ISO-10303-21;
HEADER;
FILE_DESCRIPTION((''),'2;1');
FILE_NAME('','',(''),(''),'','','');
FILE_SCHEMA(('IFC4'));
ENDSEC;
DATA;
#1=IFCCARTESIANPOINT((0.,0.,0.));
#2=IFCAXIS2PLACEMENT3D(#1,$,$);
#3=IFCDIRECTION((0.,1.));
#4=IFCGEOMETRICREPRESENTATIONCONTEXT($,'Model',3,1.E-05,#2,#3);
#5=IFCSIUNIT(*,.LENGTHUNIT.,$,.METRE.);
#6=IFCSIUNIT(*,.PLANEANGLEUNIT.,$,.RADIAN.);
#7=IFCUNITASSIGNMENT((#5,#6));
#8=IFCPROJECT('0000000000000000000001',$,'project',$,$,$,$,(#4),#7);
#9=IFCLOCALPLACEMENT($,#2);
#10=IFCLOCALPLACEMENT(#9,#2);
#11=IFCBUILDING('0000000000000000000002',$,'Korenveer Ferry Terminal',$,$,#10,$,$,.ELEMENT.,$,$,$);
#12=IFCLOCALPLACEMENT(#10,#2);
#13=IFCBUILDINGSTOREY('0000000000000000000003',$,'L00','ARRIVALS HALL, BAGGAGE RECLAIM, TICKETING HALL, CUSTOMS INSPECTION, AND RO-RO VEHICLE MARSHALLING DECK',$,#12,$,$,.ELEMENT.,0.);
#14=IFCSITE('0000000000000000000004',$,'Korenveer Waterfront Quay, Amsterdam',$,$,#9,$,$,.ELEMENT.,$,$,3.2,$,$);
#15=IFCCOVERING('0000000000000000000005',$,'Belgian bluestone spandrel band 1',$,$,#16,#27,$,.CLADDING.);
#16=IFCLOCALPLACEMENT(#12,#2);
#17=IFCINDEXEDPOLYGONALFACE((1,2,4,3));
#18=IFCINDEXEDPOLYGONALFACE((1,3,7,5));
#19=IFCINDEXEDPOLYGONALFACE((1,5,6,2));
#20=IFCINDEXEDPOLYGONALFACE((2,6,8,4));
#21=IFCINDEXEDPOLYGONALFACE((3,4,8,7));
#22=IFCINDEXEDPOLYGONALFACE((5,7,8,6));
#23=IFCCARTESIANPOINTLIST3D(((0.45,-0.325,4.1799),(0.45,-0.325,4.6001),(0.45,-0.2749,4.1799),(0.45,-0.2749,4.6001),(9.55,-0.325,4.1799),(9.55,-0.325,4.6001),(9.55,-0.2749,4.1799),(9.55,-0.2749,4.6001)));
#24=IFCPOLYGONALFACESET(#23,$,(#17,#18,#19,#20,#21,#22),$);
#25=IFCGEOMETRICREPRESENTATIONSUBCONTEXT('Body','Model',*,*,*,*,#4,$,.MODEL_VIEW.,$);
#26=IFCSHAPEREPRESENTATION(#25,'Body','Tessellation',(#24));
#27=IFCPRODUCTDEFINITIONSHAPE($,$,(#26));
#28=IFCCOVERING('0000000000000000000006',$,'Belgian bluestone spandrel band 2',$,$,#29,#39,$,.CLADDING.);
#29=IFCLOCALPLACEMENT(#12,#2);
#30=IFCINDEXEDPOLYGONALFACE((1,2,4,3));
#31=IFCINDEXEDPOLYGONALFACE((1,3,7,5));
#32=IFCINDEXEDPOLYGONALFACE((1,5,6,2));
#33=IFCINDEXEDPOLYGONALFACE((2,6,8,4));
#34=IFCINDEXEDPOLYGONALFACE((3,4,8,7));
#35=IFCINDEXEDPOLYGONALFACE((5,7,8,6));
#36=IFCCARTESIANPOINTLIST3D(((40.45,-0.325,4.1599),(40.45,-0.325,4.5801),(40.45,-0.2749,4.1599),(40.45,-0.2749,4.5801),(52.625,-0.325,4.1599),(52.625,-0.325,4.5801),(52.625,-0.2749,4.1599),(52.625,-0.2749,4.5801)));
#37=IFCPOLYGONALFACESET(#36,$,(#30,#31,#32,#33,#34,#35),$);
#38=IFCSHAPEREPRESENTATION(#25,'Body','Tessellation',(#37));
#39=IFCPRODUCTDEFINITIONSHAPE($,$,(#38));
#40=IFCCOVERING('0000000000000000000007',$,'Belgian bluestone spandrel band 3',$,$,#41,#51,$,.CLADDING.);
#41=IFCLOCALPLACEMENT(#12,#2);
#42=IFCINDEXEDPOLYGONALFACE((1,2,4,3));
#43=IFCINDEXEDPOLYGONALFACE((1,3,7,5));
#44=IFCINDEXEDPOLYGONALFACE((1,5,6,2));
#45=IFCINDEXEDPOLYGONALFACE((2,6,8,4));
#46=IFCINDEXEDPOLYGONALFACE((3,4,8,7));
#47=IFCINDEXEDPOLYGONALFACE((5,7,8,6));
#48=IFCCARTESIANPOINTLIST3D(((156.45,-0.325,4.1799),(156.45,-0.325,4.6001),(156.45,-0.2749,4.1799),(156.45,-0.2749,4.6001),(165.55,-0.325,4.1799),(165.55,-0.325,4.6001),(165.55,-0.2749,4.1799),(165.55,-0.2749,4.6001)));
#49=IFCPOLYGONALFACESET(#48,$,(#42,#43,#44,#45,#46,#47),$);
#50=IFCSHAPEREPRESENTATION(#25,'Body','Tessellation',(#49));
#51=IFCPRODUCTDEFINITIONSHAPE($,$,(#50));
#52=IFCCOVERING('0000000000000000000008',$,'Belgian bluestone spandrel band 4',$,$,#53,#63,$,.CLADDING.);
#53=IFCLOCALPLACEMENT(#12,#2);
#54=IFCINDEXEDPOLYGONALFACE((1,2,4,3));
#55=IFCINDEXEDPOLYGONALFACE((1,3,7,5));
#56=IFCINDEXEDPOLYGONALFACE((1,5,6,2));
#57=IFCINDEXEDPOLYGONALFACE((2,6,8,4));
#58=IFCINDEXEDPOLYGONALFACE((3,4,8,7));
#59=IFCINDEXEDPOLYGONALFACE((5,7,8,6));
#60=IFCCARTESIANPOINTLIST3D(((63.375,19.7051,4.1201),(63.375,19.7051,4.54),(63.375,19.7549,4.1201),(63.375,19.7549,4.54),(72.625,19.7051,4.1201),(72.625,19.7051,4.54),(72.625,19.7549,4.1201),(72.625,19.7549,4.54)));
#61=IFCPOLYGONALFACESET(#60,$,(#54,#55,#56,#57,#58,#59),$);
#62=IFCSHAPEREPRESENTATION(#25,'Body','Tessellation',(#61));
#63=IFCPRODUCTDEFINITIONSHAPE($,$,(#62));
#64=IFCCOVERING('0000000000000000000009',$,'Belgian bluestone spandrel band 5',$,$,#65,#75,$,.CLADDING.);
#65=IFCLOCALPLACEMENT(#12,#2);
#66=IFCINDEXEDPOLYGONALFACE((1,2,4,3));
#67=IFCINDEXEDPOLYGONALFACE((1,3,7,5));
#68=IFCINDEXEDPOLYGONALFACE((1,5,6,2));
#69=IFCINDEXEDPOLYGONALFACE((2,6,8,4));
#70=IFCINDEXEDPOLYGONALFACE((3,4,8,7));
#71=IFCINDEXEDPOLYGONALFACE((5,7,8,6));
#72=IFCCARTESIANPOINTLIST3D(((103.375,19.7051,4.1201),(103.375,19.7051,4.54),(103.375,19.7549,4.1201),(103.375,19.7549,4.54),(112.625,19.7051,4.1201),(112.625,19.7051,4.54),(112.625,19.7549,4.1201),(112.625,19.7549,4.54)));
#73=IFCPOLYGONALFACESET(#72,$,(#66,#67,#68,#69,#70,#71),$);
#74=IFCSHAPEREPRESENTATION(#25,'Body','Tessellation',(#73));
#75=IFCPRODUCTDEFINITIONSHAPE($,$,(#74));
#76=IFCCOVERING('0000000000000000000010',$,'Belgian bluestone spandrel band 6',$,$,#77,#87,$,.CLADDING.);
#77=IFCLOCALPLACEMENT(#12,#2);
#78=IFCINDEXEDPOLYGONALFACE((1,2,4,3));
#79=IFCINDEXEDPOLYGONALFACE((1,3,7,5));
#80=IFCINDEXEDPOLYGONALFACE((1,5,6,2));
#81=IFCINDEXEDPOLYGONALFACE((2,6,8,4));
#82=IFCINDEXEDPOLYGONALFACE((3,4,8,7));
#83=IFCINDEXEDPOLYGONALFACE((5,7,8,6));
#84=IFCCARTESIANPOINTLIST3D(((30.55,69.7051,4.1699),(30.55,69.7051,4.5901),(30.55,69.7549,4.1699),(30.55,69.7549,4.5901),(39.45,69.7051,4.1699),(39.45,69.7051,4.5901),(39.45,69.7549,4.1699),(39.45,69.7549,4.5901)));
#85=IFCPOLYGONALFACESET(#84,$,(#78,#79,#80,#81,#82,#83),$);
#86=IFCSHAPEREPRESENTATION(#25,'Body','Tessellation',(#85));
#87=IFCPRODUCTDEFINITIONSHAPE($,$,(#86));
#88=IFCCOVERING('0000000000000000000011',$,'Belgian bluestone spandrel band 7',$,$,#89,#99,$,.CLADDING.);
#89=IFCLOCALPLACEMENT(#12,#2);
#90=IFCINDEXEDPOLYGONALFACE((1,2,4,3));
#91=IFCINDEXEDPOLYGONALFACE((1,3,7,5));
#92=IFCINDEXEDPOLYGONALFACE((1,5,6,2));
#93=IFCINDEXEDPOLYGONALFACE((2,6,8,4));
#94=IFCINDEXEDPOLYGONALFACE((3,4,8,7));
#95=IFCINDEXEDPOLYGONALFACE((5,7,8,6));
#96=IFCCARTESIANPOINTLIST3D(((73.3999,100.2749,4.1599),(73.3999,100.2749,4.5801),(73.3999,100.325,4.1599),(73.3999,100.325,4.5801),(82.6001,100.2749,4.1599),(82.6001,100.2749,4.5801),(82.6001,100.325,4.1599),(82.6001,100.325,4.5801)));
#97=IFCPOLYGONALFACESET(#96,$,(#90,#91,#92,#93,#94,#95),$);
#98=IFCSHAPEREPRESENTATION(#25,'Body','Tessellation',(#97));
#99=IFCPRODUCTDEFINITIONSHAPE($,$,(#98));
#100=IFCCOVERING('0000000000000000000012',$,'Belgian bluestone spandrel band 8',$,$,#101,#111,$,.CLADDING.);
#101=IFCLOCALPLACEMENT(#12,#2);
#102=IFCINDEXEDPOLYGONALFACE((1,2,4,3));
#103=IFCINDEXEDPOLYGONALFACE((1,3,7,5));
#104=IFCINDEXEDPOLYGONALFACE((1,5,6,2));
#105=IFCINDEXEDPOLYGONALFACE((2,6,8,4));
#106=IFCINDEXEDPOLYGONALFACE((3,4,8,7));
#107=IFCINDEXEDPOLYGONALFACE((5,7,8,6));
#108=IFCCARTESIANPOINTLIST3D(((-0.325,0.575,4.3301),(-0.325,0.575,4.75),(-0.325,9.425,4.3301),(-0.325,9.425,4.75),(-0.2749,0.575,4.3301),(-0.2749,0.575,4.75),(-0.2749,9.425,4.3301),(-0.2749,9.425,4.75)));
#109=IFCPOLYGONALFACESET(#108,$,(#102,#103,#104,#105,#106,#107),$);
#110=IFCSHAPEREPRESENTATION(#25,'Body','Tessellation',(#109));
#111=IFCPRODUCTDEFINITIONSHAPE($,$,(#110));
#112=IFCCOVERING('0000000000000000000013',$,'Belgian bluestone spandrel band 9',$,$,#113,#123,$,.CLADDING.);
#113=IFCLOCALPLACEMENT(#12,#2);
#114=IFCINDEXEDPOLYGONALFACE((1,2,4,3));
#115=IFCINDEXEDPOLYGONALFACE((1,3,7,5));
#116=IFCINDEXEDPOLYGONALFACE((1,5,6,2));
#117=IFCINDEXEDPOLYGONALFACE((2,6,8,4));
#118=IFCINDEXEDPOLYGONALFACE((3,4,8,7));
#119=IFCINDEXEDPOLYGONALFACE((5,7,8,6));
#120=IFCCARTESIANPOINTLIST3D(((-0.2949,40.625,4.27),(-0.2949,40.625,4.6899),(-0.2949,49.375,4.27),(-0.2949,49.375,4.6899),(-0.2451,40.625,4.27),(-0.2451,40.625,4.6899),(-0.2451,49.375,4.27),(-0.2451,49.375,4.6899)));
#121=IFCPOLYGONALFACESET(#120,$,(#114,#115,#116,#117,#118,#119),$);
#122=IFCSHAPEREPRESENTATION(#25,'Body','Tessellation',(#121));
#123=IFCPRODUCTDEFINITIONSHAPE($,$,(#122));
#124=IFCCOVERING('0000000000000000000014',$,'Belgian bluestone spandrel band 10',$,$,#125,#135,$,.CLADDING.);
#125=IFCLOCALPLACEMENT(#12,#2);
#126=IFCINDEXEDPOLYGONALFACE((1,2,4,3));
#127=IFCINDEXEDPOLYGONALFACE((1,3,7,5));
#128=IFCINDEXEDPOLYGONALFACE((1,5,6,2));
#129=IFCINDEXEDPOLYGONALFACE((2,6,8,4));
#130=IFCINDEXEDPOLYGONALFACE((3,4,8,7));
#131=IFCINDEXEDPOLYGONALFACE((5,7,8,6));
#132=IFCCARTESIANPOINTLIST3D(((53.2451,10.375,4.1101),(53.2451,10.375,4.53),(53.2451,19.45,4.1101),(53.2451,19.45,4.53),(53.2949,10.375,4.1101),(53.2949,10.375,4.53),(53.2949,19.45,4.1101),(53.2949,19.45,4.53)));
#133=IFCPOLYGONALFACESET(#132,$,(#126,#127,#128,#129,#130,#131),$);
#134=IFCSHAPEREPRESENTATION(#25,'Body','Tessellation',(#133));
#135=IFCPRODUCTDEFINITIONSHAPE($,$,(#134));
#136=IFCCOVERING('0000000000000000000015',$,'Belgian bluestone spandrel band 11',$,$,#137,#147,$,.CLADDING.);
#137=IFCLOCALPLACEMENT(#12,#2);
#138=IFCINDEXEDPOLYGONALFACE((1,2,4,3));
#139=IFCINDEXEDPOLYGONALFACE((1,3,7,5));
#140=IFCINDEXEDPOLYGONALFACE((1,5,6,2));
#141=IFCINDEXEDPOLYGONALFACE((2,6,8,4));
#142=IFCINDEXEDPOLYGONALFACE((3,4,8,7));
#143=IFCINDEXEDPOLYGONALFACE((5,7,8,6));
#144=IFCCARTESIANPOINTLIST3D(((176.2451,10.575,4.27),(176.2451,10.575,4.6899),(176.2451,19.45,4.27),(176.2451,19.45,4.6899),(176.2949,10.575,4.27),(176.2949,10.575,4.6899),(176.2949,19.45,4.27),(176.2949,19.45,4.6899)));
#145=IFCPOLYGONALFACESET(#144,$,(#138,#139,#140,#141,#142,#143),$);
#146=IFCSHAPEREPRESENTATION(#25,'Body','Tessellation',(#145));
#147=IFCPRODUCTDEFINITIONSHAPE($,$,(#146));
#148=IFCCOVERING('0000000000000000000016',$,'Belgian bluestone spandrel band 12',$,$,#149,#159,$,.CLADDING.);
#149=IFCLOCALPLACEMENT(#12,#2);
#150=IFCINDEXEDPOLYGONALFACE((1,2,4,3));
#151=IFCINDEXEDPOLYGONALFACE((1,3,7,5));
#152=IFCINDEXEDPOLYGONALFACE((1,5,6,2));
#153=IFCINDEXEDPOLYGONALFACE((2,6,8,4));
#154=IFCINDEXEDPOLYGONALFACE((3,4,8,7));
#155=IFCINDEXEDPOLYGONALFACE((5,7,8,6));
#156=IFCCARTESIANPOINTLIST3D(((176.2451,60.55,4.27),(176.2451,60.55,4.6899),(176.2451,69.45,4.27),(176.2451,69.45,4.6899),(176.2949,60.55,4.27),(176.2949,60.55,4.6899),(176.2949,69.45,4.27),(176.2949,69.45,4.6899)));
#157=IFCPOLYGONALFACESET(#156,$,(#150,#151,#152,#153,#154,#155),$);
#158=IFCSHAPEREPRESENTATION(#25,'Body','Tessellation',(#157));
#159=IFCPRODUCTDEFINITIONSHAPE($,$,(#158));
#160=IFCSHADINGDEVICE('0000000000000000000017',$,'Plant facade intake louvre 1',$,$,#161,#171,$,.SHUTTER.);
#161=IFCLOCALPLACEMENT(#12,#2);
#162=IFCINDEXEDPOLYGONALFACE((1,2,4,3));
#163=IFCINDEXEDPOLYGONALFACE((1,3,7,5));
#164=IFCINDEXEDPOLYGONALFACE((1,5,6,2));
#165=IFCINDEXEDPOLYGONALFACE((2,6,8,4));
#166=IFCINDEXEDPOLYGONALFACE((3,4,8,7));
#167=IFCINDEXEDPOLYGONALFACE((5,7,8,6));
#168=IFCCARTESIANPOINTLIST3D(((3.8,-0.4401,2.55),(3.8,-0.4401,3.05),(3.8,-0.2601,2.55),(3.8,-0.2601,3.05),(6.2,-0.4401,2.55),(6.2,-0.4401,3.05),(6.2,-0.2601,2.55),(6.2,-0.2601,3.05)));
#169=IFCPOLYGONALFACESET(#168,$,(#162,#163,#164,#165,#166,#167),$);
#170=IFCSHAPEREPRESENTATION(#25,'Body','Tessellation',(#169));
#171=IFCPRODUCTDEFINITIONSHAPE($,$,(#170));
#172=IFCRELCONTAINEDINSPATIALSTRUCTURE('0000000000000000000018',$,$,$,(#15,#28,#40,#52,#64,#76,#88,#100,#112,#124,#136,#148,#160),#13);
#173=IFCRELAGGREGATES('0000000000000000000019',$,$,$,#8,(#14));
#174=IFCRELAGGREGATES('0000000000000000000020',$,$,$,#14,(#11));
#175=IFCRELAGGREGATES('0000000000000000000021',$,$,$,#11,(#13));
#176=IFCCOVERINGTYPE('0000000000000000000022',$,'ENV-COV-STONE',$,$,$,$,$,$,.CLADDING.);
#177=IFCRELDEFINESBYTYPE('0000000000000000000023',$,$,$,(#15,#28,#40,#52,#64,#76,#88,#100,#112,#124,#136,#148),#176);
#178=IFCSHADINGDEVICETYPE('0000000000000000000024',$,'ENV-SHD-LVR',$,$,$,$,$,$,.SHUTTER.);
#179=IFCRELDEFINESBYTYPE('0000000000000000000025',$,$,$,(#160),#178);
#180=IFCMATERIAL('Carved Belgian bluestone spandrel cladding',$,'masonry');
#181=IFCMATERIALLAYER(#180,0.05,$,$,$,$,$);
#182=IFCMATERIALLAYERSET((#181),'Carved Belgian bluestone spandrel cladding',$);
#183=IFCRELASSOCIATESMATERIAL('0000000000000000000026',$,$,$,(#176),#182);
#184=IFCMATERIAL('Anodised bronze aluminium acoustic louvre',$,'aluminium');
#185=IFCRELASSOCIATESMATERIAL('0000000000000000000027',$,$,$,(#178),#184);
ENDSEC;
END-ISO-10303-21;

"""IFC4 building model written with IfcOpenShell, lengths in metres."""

from ifc_helpers import new_model, si_unit, direction, frame, origin, origin_2d, place, context, subcontext, project, spatial, polyline, rectangle, outline, extrude, material, layer, layer_set, type_object, element, save


model = new_model("IFC4")

# Units and contexts
model_context = context("Model", 3, precision=1e-05, world=origin(), true_north=direction((0.0, 1.0)))
body_context = subcontext(model_context, "Body", "Model", "MODEL_VIEW")
ifc_project = project(units=[si_unit("LENGTHUNIT", "METRE"), si_unit("PLANEANGLEUNIT", "RADIAN")], contexts=[model_context])

# Site, building, storey
site_placement = place(None, origin())
site = spatial("IfcSite", under=ifc_project, at=site_placement, Name="Korenveer Waterfront Quay, Amsterdam", CompositionType="ELEMENT", RefElevation=3.2)
building_placement = place(site_placement, origin())
building = spatial("IfcBuilding", under=site, at=building_placement, Name="Korenveer Ferry Terminal", CompositionType="ELEMENT")
storey_placement = place(building_placement, origin())
storey = spatial("IfcBuildingStorey", under=building, at=storey_placement, Name="L00", Description="ARRIVALS HALL, BAGGAGE RECLAIM, TICKETING HALL, CUSTOMS INSPECTION, AND RO-RO VEHICLE MARSHALLING DECK", CompositionType="ELEMENT", Elevation=0.0)

# Coverings
ifc_material_1 = material(Name="Carved Belgian bluestone spandrel cladding", Category="masonry")
ifc_layer_1 = layer(ifc_material_1, 0.05)
ifc_layer_set_1 = layer_set([ifc_layer_1], Name="Carved Belgian bluestone spandrel cladding")
covering_type = type_object("IfcCoveringType", Name="ENV-COV-STONE", PredefinedType="CLADDING", material=ifc_layer_set_1)
covering_1_placement = place(storey_placement, frame((0.0, 0.0, 4.1799)))
element("IfcCovering", 1, at=covering_1_placement, inside=storey, type_object=covering_type, Name="Belgian bluestone spandrel band 1", PredefinedType="CLADDING", context=body_context, shape_type="SweptSolid", body=[
    extrude(outline(polyline([(0.45, -0.325), (9.55, -0.325), (9.55, -0.2749), (0.45, -0.2749), (0.45, -0.325)])), origin(), (0.0, 0.0, 1.0), 0.4202),
])
covering_2_placement = place(storey_placement, frame((0.0, 0.0, 4.1599)))
element("IfcCovering", 2, at=covering_2_placement, inside=storey, type_object=covering_type, Name="Belgian bluestone spandrel band 2", PredefinedType="CLADDING", context=body_context, shape_type="SweptSolid", body=[
    extrude(outline(polyline([(40.45, -0.325), (52.625, -0.325), (52.625, -0.2749), (40.45, -0.2749), (40.45, -0.325)])), origin(), (0.0, 0.0, 1.0), 0.4202),
])
covering_3_placement = place(storey_placement, frame((0.0, 0.0, 4.1799)))
element("IfcCovering", 3, at=covering_3_placement, inside=storey, type_object=covering_type, Name="Belgian bluestone spandrel band 3", PredefinedType="CLADDING", context=body_context, shape_type="SweptSolid", body=[
    extrude(outline(polyline([(156.45, -0.325), (165.55, -0.325), (165.55, -0.2749), (156.45, -0.2749), (156.45, -0.325)])), origin(), (0.0, 0.0, 1.0), 0.4202),
])
covering_4_placement = place(storey_placement, frame((0.0, 0.0, 4.1201)))
element("IfcCovering", 4, at=covering_4_placement, inside=storey, type_object=covering_type, Name="Belgian bluestone spandrel band 4", PredefinedType="CLADDING", context=body_context, shape_type="SweptSolid", body=[
    extrude(outline(polyline([(63.375, 19.7051), (72.625, 19.7051), (72.625, 19.7549), (63.375, 19.7549), (63.375, 19.7051)])), origin(), (0.0, 0.0, 1.0), 0.4199),
])
covering_5_placement = place(storey_placement, frame((0.0, 0.0, 4.1201)))
element("IfcCovering", 5, at=covering_5_placement, inside=storey, type_object=covering_type, Name="Belgian bluestone spandrel band 5", PredefinedType="CLADDING", context=body_context, shape_type="SweptSolid", body=[
    extrude(outline(polyline([(103.375, 19.7051), (112.625, 19.7051), (112.625, 19.7549), (103.375, 19.7549), (103.375, 19.7051)])), origin(), (0.0, 0.0, 1.0), 0.4199),
])
covering_6_placement = place(storey_placement, frame((0.0, 0.0, 4.1699)))
element("IfcCovering", 6, at=covering_6_placement, inside=storey, type_object=covering_type, Name="Belgian bluestone spandrel band 6", PredefinedType="CLADDING", context=body_context, shape_type="SweptSolid", body=[
    extrude(outline(polyline([(30.55, 69.7051), (39.45, 69.7051), (39.45, 69.7549), (30.55, 69.7549), (30.55, 69.7051)])), origin(), (0.0, 0.0, 1.0), 0.4202),
])
covering_7_placement = place(storey_placement, frame((0.0, 0.0, 4.1599)))
element("IfcCovering", 7, at=covering_7_placement, inside=storey, type_object=covering_type, Name="Belgian bluestone spandrel band 7", PredefinedType="CLADDING", context=body_context, shape_type="SweptSolid", body=[
    extrude(outline(polyline([(73.3999, 100.2749), (82.6001, 100.2749), (82.6001, 100.325), (73.3999, 100.325), (73.3999, 100.2749)])), origin(), (0.0, 0.0, 1.0), 0.4202),
])
covering_8_placement = place(storey_placement, frame((0.0, 0.0, 4.3301)))
element("IfcCovering", 8, at=covering_8_placement, inside=storey, type_object=covering_type, Name="Belgian bluestone spandrel band 8", PredefinedType="CLADDING", context=body_context, shape_type="SweptSolid", body=[
    extrude(outline(polyline([(-0.325, 0.575), (-0.2749, 0.575), (-0.2749, 9.425), (-0.325, 9.425), (-0.325, 0.575)])), origin(), (0.0, 0.0, 1.0), 0.4199),
])
covering_9_placement = place(storey_placement, frame((0.0, 0.0, 4.27)))
element("IfcCovering", 9, at=covering_9_placement, inside=storey, type_object=covering_type, Name="Belgian bluestone spandrel band 9", PredefinedType="CLADDING", context=body_context, shape_type="SweptSolid", body=[
    extrude(outline(polyline([(-0.2949, 40.625), (-0.2451, 40.625), (-0.2451, 49.375), (-0.2949, 49.375), (-0.2949, 40.625)])), origin(), (0.0, 0.0, 1.0), 0.4199),
])
covering_10_placement = place(storey_placement, frame((0.0, 0.0, 4.1101)))
element("IfcCovering", 10, at=covering_10_placement, inside=storey, type_object=covering_type, Name="Belgian bluestone spandrel band 10", PredefinedType="CLADDING", context=body_context, shape_type="SweptSolid", body=[
    extrude(outline(polyline([(53.2451, 10.375), (53.2949, 10.375), (53.2949, 19.45), (53.2451, 19.45), (53.2451, 10.375)])), origin(), (0.0, 0.0, 1.0), 0.4199),
])
covering_11_placement = place(storey_placement, frame((0.0, 0.0, 4.27)))
element("IfcCovering", 11, at=covering_11_placement, inside=storey, type_object=covering_type, Name="Belgian bluestone spandrel band 11", PredefinedType="CLADDING", context=body_context, shape_type="SweptSolid", body=[
    extrude(outline(polyline([(176.2451, 10.575), (176.2949, 10.575), (176.2949, 19.45), (176.2451, 19.45), (176.2451, 10.575)])), origin(), (0.0, 0.0, 1.0), 0.4199),
])
covering_12_placement = place(storey_placement, frame((0.0, 0.0, 4.27)))
element("IfcCovering", 12, at=covering_12_placement, inside=storey, type_object=covering_type, Name="Belgian bluestone spandrel band 12", PredefinedType="CLADDING", context=body_context, shape_type="SweptSolid", body=[
    extrude(outline(polyline([(176.2451, 60.55), (176.2949, 60.55), (176.2949, 69.45), (176.2451, 69.45), (176.2451, 60.55)])), origin(), (0.0, 0.0, 1.0), 0.4199),
])

# Shading device
ifc_material_2 = material(Name="Anodised bronze aluminium acoustic louvre", Category="aluminium")
shading_device_type = type_object("IfcShadingDeviceType", Name="ENV-SHD-LVR", PredefinedType="SHUTTER", material=ifc_material_2)
shading_device_placement = place(storey_placement, frame((5.0, -0.3501, 2.55), z_axis=(0.0, 0.0, 1.0), x_axis=(1.0, 0.0, 0.0)))
element("IfcShadingDevice", 13, at=shading_device_placement, inside=storey, type_object=shading_device_type, Name="Plant facade intake louvre 1", PredefinedType="SHUTTER", context=body_context, shape_type="SweptSolid", body=[
    extrude(rectangle(XDim=2.3999, YDim=0.1799, at=origin_2d()), origin(), (0.0, 0.0, 1.0), 0.5),
])

save(model, "model.ifc")
